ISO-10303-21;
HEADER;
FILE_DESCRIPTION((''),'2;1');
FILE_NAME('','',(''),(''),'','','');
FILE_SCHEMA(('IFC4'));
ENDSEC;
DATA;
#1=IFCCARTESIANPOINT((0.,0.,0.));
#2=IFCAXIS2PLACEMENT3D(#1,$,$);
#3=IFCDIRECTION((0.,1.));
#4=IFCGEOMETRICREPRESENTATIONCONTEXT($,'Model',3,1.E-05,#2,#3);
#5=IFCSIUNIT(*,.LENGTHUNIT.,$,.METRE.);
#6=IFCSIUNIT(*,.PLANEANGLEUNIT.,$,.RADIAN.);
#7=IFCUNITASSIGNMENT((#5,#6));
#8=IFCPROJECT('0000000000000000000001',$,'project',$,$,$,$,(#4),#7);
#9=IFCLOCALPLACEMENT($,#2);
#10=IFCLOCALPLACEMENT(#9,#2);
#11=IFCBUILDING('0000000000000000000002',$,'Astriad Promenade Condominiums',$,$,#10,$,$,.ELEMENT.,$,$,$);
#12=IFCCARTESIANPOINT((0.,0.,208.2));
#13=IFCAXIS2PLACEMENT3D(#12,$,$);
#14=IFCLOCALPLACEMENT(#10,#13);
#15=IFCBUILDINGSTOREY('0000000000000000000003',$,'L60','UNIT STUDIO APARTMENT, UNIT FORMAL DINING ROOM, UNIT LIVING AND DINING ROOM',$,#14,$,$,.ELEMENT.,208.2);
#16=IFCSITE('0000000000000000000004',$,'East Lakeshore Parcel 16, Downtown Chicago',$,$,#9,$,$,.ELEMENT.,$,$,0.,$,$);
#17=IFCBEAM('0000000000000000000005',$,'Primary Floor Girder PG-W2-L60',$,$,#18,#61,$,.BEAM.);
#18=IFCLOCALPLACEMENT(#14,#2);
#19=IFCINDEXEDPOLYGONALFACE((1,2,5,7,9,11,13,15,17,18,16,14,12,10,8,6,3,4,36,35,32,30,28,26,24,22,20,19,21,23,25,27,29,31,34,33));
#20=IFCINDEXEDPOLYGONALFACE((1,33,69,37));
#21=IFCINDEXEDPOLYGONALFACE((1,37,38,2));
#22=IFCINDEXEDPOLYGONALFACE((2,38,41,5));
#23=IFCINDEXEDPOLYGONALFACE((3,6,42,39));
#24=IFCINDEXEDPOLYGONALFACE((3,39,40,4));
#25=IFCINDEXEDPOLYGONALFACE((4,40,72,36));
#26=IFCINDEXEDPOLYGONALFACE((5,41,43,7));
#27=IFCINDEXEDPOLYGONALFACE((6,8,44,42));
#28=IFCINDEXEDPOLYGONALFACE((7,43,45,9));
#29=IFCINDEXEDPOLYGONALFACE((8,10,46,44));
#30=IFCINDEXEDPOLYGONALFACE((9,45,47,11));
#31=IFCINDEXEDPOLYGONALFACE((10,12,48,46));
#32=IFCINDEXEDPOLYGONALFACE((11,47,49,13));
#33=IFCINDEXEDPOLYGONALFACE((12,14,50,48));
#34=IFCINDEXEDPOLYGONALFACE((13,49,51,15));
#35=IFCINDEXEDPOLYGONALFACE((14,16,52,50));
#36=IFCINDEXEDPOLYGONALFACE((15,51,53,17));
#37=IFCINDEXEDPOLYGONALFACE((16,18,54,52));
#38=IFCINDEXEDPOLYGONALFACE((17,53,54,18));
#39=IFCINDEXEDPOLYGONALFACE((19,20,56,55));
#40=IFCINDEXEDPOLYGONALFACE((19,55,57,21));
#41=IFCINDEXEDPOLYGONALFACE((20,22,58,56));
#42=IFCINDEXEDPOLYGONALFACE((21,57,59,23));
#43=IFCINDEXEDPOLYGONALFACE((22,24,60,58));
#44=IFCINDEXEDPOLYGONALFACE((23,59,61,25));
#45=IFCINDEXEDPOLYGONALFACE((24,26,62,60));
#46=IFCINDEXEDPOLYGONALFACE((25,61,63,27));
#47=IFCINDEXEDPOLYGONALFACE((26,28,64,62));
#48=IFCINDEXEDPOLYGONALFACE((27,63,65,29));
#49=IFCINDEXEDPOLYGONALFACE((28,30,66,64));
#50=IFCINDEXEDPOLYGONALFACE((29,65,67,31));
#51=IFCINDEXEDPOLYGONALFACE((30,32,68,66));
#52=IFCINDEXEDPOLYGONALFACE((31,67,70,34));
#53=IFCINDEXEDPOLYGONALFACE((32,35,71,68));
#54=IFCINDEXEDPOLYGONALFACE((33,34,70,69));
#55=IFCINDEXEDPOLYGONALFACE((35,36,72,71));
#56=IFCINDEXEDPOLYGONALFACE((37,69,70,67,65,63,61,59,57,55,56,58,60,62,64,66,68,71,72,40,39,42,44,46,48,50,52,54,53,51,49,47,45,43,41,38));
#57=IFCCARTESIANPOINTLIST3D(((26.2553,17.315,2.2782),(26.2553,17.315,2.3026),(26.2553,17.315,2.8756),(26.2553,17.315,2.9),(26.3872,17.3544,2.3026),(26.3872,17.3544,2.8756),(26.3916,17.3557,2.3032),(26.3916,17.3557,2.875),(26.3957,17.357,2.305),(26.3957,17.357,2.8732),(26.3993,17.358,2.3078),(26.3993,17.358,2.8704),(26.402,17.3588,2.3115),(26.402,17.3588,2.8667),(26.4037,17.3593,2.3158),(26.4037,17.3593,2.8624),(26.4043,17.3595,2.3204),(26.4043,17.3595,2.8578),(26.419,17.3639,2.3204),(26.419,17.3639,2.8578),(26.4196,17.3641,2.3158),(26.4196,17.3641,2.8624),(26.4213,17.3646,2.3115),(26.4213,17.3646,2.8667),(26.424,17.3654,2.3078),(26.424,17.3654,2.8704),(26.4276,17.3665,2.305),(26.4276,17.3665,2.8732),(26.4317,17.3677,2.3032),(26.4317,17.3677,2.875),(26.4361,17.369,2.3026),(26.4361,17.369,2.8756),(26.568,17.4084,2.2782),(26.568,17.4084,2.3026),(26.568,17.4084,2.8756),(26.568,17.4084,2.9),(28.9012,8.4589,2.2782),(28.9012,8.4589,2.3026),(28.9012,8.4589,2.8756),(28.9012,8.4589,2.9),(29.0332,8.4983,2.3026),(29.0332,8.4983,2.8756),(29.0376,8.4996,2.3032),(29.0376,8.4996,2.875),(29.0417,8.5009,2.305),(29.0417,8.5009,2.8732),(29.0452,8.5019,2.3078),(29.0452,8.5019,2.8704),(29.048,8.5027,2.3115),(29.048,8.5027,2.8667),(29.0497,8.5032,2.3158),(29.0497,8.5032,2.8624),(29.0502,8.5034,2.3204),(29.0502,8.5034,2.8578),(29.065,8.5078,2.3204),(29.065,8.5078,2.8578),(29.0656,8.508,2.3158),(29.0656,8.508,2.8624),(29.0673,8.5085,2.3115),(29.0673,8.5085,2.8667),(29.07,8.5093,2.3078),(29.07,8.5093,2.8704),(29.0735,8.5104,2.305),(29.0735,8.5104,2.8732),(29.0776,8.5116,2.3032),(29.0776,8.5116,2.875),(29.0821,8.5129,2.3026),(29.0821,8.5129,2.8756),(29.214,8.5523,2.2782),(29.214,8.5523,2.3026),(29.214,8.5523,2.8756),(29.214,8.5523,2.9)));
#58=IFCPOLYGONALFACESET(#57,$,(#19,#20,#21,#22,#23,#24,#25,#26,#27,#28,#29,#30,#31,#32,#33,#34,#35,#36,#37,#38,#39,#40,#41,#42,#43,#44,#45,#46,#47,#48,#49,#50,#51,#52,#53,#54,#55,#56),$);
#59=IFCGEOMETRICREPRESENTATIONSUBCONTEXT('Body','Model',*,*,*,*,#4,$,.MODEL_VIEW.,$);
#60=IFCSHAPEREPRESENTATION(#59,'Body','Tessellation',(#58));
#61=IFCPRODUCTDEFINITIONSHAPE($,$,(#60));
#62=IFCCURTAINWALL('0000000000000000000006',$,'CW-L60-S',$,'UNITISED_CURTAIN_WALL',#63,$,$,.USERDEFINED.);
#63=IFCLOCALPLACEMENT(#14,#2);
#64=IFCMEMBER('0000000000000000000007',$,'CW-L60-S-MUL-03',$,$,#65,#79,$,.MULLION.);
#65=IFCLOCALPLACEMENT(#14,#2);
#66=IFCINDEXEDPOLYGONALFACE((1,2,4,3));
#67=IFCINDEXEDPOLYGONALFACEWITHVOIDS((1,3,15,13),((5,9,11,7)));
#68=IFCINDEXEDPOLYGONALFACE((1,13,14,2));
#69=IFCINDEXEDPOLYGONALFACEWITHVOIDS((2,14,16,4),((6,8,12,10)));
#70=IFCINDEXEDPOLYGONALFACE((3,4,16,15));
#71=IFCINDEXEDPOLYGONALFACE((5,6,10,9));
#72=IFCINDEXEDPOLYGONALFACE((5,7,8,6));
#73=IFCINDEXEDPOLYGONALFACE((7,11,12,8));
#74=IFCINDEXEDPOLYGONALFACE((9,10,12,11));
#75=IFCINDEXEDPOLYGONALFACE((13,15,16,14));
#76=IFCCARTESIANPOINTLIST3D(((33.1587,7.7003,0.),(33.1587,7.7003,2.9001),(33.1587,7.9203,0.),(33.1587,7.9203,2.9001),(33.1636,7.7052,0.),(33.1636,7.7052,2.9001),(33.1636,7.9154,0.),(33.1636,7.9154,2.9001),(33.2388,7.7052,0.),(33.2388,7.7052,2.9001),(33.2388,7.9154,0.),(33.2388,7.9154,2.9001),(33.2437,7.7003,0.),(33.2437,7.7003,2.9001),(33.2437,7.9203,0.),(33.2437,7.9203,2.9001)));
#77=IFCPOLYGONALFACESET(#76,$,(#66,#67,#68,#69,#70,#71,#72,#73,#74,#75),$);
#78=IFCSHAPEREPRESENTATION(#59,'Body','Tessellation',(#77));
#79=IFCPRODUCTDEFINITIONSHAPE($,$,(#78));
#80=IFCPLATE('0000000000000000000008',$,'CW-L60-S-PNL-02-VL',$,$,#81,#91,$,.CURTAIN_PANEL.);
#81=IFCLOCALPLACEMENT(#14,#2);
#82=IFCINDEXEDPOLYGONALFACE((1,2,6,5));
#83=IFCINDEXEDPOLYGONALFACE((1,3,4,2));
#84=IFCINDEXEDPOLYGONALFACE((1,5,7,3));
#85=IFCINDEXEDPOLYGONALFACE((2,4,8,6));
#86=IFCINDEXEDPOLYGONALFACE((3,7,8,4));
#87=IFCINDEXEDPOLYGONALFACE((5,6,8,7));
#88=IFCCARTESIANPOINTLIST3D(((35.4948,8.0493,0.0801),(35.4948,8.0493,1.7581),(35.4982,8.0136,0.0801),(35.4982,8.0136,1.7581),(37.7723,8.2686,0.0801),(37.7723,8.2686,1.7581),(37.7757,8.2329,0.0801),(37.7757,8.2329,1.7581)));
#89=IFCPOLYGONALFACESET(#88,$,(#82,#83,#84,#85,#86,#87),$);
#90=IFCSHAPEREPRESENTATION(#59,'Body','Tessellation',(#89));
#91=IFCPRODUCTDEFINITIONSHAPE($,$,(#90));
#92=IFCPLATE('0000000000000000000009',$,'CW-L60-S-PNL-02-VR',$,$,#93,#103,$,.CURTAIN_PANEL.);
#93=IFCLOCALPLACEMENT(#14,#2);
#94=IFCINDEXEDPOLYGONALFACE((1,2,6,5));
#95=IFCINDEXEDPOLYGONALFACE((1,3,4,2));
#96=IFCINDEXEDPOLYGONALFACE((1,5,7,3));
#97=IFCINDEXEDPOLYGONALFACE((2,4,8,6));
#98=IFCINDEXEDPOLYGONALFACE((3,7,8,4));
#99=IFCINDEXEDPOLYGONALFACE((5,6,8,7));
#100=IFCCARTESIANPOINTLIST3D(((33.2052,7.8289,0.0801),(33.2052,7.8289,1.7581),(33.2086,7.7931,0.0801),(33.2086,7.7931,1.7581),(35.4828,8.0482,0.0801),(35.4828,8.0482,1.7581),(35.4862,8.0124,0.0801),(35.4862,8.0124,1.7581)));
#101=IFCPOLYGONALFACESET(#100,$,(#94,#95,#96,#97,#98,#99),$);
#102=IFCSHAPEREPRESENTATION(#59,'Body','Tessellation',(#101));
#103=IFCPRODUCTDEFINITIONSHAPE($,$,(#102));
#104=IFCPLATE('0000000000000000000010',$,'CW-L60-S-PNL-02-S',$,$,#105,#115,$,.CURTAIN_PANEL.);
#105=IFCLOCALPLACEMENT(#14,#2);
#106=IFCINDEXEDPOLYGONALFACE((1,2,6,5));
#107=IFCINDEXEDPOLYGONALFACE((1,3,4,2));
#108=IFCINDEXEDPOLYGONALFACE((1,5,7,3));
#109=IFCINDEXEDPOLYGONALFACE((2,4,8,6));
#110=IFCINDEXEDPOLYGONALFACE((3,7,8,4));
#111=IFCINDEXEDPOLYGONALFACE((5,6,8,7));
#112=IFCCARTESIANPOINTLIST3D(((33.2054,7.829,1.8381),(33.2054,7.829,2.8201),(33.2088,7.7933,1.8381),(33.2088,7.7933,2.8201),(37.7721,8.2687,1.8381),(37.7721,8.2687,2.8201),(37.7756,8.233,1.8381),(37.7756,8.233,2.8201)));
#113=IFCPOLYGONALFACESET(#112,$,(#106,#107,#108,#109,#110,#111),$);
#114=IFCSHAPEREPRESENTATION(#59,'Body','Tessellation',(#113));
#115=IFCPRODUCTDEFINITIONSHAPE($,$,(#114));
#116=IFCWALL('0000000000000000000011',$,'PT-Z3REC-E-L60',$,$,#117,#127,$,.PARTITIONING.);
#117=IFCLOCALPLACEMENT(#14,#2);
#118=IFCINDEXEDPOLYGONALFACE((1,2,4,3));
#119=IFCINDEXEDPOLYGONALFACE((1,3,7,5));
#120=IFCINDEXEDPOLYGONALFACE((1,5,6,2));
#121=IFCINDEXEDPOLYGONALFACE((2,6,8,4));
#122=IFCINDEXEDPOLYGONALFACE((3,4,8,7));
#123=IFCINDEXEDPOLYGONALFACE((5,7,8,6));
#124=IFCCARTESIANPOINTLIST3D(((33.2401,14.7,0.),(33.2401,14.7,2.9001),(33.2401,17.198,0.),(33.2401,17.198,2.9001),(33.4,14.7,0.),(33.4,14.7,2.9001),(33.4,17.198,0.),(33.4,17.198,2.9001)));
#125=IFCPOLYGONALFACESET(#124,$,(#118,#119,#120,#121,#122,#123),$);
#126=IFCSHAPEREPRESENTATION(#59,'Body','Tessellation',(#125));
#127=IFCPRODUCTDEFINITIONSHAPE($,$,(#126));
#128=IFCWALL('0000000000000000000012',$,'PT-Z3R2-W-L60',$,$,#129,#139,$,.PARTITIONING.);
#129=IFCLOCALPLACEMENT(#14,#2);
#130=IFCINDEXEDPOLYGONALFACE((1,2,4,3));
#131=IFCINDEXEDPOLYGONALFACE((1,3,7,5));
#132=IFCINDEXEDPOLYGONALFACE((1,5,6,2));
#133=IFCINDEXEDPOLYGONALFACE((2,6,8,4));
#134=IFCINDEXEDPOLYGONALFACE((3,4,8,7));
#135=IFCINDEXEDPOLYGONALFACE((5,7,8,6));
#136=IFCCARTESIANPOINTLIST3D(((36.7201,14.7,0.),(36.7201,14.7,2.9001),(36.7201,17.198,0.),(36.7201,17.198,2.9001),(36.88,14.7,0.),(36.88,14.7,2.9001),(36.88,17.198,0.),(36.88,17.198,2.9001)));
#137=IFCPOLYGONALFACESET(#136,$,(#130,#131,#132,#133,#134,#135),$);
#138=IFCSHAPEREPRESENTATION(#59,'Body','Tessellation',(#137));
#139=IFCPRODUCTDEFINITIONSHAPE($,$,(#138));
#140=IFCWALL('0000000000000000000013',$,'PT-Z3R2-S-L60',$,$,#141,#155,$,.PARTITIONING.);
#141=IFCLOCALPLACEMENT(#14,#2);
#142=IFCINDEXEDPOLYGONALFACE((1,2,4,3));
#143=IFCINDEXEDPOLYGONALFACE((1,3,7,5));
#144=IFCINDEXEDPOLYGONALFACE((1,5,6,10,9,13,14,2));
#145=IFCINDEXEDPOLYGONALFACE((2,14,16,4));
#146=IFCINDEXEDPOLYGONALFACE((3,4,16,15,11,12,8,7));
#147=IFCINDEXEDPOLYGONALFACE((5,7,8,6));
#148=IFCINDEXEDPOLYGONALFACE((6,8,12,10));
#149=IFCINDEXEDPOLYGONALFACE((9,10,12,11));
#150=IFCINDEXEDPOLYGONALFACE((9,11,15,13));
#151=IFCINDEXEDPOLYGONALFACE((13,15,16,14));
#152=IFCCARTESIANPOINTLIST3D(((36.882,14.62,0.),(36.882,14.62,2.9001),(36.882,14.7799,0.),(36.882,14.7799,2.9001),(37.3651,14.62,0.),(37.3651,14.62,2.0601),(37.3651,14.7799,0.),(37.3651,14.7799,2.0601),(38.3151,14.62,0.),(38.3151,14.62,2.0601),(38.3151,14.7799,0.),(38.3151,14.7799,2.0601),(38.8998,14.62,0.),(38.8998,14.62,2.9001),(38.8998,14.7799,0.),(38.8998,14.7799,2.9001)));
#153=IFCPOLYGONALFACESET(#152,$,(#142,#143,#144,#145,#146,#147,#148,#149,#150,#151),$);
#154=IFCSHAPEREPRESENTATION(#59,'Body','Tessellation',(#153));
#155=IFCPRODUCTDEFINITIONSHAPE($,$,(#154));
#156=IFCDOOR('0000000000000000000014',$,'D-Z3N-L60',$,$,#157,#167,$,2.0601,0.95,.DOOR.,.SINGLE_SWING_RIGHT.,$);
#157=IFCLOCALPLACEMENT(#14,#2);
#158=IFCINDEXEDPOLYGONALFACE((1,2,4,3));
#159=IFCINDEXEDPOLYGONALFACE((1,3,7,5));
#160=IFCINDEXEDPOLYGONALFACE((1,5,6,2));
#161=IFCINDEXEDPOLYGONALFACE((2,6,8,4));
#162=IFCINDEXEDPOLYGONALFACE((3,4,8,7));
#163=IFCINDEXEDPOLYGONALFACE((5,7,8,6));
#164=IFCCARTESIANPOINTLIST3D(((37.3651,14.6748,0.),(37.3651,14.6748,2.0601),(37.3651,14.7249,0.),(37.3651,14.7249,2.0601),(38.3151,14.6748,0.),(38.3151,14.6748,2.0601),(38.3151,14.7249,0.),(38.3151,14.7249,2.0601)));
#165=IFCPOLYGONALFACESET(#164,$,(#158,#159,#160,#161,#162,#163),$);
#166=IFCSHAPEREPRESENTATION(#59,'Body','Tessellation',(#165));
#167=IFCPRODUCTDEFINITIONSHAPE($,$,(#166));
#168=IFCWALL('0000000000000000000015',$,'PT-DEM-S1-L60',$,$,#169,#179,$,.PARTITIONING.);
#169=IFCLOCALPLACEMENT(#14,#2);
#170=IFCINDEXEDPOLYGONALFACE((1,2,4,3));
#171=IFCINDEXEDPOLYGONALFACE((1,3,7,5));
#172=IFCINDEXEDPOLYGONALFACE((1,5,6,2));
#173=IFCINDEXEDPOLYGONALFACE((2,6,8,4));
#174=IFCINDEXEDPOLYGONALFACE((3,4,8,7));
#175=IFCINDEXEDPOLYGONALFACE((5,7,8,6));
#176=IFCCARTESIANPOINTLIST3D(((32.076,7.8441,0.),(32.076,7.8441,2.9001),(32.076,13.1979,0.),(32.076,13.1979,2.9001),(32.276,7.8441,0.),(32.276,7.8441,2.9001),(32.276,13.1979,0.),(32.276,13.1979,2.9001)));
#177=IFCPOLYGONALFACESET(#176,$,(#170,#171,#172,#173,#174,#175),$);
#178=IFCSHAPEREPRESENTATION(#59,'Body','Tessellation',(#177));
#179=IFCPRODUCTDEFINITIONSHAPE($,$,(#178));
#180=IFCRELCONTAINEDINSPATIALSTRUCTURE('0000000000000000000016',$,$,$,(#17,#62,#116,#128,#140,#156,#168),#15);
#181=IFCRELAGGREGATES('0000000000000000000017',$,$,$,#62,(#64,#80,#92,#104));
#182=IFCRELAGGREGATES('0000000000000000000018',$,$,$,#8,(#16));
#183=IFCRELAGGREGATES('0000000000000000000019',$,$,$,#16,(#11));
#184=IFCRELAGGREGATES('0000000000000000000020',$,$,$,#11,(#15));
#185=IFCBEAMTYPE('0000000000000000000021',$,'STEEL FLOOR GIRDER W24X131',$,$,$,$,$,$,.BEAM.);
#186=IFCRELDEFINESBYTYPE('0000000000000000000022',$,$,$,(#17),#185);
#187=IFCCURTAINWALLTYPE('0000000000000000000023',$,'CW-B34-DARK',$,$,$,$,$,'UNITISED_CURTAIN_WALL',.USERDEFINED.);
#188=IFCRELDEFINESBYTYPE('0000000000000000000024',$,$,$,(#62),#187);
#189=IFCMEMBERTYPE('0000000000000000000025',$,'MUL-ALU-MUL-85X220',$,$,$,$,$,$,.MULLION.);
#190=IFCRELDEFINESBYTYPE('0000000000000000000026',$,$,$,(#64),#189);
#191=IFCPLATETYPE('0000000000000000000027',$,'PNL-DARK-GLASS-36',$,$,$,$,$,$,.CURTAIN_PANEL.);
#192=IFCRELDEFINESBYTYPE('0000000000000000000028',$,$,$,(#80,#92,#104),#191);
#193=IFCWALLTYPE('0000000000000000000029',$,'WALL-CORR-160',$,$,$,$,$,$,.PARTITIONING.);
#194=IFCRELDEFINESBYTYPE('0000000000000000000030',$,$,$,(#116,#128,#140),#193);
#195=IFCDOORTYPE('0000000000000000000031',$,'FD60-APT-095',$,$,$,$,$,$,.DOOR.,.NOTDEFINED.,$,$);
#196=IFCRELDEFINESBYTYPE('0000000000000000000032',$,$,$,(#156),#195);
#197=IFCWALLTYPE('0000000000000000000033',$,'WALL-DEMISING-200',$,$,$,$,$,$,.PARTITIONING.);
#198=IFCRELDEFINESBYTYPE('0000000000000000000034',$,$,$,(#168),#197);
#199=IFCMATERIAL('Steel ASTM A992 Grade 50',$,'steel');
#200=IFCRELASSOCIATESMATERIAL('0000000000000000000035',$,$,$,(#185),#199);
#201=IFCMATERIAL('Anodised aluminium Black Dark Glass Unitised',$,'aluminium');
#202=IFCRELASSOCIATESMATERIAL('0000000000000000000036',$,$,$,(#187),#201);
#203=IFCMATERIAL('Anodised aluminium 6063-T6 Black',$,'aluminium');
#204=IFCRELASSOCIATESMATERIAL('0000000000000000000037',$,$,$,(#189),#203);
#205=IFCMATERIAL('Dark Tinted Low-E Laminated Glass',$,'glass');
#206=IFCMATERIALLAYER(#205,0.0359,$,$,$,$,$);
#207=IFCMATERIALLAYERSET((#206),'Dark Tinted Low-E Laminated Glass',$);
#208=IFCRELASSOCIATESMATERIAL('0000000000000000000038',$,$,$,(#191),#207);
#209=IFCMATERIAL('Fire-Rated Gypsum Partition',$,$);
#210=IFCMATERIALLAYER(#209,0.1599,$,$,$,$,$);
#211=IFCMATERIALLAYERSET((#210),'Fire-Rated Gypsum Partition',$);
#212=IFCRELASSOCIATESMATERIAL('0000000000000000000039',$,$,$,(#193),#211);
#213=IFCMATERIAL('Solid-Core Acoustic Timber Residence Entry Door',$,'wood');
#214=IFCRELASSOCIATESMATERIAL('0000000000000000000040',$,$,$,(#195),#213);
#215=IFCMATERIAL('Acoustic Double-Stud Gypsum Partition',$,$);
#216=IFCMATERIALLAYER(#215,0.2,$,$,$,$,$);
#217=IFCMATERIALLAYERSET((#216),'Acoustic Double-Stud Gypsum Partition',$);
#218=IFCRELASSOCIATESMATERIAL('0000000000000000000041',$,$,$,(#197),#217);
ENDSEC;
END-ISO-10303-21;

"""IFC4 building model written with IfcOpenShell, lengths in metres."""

from ifc_helpers import new_model, si_unit, direction, frame, frame_2d, origin, origin_2d, place, context, subcontext, project, spatial, rectangle, hollow_rectangle, i_section, extrude, source, transform, mapped, material, layer, layer_set, material_profile, profile_set, type_object, type_shapes, element, fill, aggregate, save


model = new_model("IFC4")

# Units and contexts
model_context = context("Model", 3, precision=1e-05, world=origin(), true_north=direction((0.0, 1.0)))
body_context = subcontext(model_context, "Body", "Model", "MODEL_VIEW")
ifc_project = project(units=[si_unit("LENGTHUNIT", "METRE"), si_unit("PLANEANGLEUNIT", "RADIAN")], contexts=[model_context])

# Site, building, storey
site_placement = place(None, origin())
site = spatial("IfcSite", under=ifc_project, at=site_placement, Name="East Lakeshore Parcel 16, Downtown Chicago", CompositionType="ELEMENT", RefElevation=0.0)
building_placement = place(site_placement, origin())
building = spatial("IfcBuilding", under=site, at=building_placement, Name="Astriad Promenade Condominiums", CompositionType="ELEMENT")
storey_placement = place(building_placement, frame((0.0, 0.0, 208.2)))
storey = spatial("IfcBuildingStorey", under=building, at=storey_placement, Name="L60", Description="UNIT STUDIO APARTMENT, UNIT FORMAL DINING ROOM, UNIT LIVING AND DINING ROOM", CompositionType="ELEMENT", Elevation=208.2)

# Shared definitions
ifc_material_1 = material(Name="Steel ASTM A992 Grade 50", Category="steel")

# Beam
ifc_material_profile_1 = material_profile(ifc_material_1, i_section(OverallWidth=0.3264, OverallDepth=0.6218, WebThickness=0.0154, FlangeThickness=0.0244, FilletRadius=0.0178, at=origin_2d()), Name="W24X131")
ifc_profile_set_1 = profile_set([ifc_material_profile_1], Name="Steel ASTM A992 Grade 50")
beam_type_1 = type_object("IfcBeamType", Name="STEEL FLOOR GIRDER W24X131", PredefinedType="BEAM", material=ifc_profile_set_1)
shared_shape_1 = source(origin(), body_context, "Body", "SweptSolid", [
    extrude(i_section(OverallWidth=0.3264, OverallDepth=0.6218, WebThickness=0.0154, FlangeThickness=0.0244, FilletRadius=0.0178, at=origin_2d()), origin(), (0.0, 0.0, 1.0), 9.2429),
])
type_shapes(beam_type_1, [shared_shape_1])
beam_1_placement = place(storey_placement, frame((29.0576, 8.5056, 2.5891), z_axis=(-0.286269, 0.958149, 0.0), x_axis=(-0.958149, -0.286269, 0.0)))
element("IfcBeam", 1, at=beam_1_placement, inside=storey, type_object=beam_type_1, Name="Primary Floor Girder PG-W2-L60", PredefinedType="BEAM", context=body_context, shape_type="MappedRepresentation", body=[
    mapped(shared_shape_1, transform((0.0, 0.0, 0.0), scale=1.0)),
])

# Curtain wall, member, plates
ifc_material_2 = material(Name="Anodised aluminium Black Dark Glass Unitised", Category="aluminium")
curtain_wall_type = type_object("IfcCurtainWallType", Name="CW-B34-DARK", ElementType="UNITISED_CURTAIN_WALL", PredefinedType="USERDEFINED", material=ifc_material_2)
curtain_wall_placement = place(storey_placement, origin())
curtain_wall = element("IfcCurtainWall", 2, at=curtain_wall_placement, inside=storey, type_object=curtain_wall_type, Name="CW-L60-S", ObjectType="UNITISED_CURTAIN_WALL", PredefinedType="USERDEFINED")
ifc_material_3 = material(Name="Anodised aluminium 6063-T6 Black", Category="aluminium")
ifc_material_profile_2 = material_profile(ifc_material_3, hollow_rectangle(XDim=0.085, YDim=0.22, WallThickness=0.0049, at=origin_2d()), Name="ALU-MUL-85X220")
ifc_profile_set_2 = profile_set([ifc_material_profile_2], Name="Anodised aluminium 6063-T6 Black")
member_type = type_object("IfcMemberType", Name="MUL-ALU-MUL-85X220", PredefinedType="MULLION", material=ifc_profile_set_2)
shared_shape_2 = source(origin(), body_context, "Body", "SweptSolid", [
    extrude(hollow_rectangle(XDim=0.085, YDim=0.22, WallThickness=0.0049, at=origin_2d()), origin(), (0.0, 0.0, 1.0), 2.9001),
])
type_shapes(member_type, [shared_shape_2])
member_placement = place(storey_placement, frame((33.2012, 7.8103, 0.0), z_axis=(0.0, 0.0, 1.0), x_axis=(1.0, 0.0, 0.0)))
member = element("IfcMember", 3, at=member_placement, type_object=member_type, Name="CW-L60-S-MUL-03", PredefinedType="MULLION", context=body_context, shape_type="MappedRepresentation", body=[
    mapped(shared_shape_2, transform((0.0, 0.0, 0.0), scale=1.0)),
])
ifc_material_4 = material(Name="Dark Tinted Low-E Laminated Glass", Category="glass")
ifc_layer_1 = layer(ifc_material_4, 0.0359)
ifc_layer_set_1 = layer_set([ifc_layer_1], Name="Dark Tinted Low-E Laminated Glass")
plate_type = type_object("IfcPlateType", Name="PNL-DARK-GLASS-36", PredefinedType="CURTAIN_PANEL", material=ifc_layer_set_1)
shared_shape_3 = source(origin(), body_context, "Body", "SweptSolid", [
    extrude(rectangle(XDim=2.2881, YDim=0.0359, at=origin_2d()), origin(), (0.0, 0.0, 1.0), 1.678),
])
plate_1_placement = place(storey_placement, frame((36.6353, 8.1411, 0.0801), z_axis=(0.0, 0.0, 1.0), x_axis=(-0.995396, -0.095846, 0.0)))
plate_1 = element("IfcPlate", 4, at=plate_1_placement, type_object=plate_type, Name="CW-L60-S-PNL-02-VL", PredefinedType="CURTAIN_PANEL", context=body_context, shape_type="MappedRepresentation", body=[
    mapped(shared_shape_3, transform((0.0, 0.0, 0.0), scale=1.0)),
])
plate_2_placement = place(storey_placement, frame((34.3457, 7.9207, 0.0801), z_axis=(0.0, 0.0, 1.0), x_axis=(-0.995396, -0.095846, 0.0)))
plate_2 = element("IfcPlate", 5, at=plate_2_placement, type_object=plate_type, Name="CW-L60-S-PNL-02-VR", PredefinedType="CURTAIN_PANEL", context=body_context, shape_type="MappedRepresentation", body=[
    mapped(shared_shape_3, transform((0.0, 0.0, 0.0), scale=1.0)),
])
shared_shape_4 = source(origin(), body_context, "Body", "SweptSolid", [
    extrude(rectangle(XDim=4.5879, YDim=0.0359, at=origin_2d()), origin(), (0.0, 0.0, 1.0), 0.9819),
])
type_shapes(plate_type, [shared_shape_3, shared_shape_4])
plate_3_placement = place(storey_placement, frame((35.4905, 8.031, 1.8381), z_axis=(0.0, 0.0, 1.0), x_axis=(-0.995396, -0.095846, 0.0)))
plate_3 = element("IfcPlate", 6, at=plate_3_placement, type_object=plate_type, Name="CW-L60-S-PNL-02-S", PredefinedType="CURTAIN_PANEL", context=body_context, shape_type="MappedRepresentation", body=[
    mapped(shared_shape_4, transform((0.0, 0.0, 0.0), scale=1.0)),
])
aggregate(curtain_wall, [member, plate_1, plate_2, plate_3])

# Walls
ifc_material_5 = material(Name="Fire-Rated Gypsum Partition")
ifc_layer_2 = layer(ifc_material_5, 0.1599)
ifc_layer_set_2 = layer_set([ifc_layer_2], Name="Fire-Rated Gypsum Partition")
wall_type_1 = type_object("IfcWallType", Name="WALL-CORR-160", PredefinedType="PARTITIONING", material=ifc_layer_set_2)
for number, where, z_axis, x_axis, name in (
    (7, (33.3201, 14.7, 0.0), (0.0, 0.0, 1.0), (0.0, 1.0, 0.0), "PT-Z3REC-E-L60"),
    (8, (36.8, 14.7, 0.0), (0.0, 0.0, 1.0), (0.0, 1.0, 0.0), "PT-Z3R2-W-L60"),
):
    element("IfcWall", number, at=place(storey_placement, frame(where, z_axis=z_axis, x_axis=x_axis)), inside=storey, type_object=wall_type_1, Name=name, PredefinedType="PARTITIONING", context=body_context, shape_type="SweptSolid", body=[
        extrude(rectangle(XDim=2.498, YDim=0.1599, at=frame_2d((1.249, 0.0))), origin(), (0.0, 0.0, 1.0), 2.9001),
    ])

# Wall, opening, door
wall_1_placement = place(storey_placement, frame((36.8821, 14.7, 0.0), z_axis=(0.0, 0.0, 1.0), x_axis=(1.0, 0.0, 0.0)))
wall_1 = element("IfcWall", 9, at=wall_1_placement, inside=storey, type_object=wall_type_1, Name="PT-Z3R2-S-L60", PredefinedType="PARTITIONING", context=body_context, shape_type="SweptSolid", body=[
    extrude(rectangle(XDim=2.0178, YDim=0.1599, at=frame_2d((1.0088, 0.0))), origin(), (0.0, 0.0, 1.0), 2.9001),
])
opening_1_placement = place(wall_1_placement, frame((0.4829, 0.0, 0.0)))
opening_1 = element("IfcOpeningElement", 10, at=opening_1_placement, cuts=wall_1, PredefinedType="OPENING", context=body_context, shape_type="SweptSolid", body=[
    extrude(rectangle(XDim=0.95, YDim=2.0601, at=frame_2d((0.4751, 1.03))), frame((0.0, 0.0898, 0.0), z_axis=(0.0, -1.0, 0.0), x_axis=(1.0, 0.0, 0.0)), (0.0, 0.0, 1.0), 0.1799),
])
ifc_material_6 = material(Name="Solid-Core Acoustic Timber Residence Entry Door", Category="wood")
door_type_1 = type_object("IfcDoorType", Name="FD60-APT-095", OperationType="NOTDEFINED", PredefinedType="DOOR", material=ifc_material_6)
shared_shape_5 = source(origin(), body_context, "Body", "SweptSolid", [
    extrude(rectangle(XDim=0.95, YDim=2.0601, at=frame_2d((0.4751, 1.03))), frame((0.0, 0.0249, 0.0), z_axis=(0.0, -1.0, 0.0), x_axis=(1.0, 0.0, 0.0)), (0.0, 0.0, 1.0), 0.05),
])
type_shapes(door_type_1, [shared_shape_5])
door_1_placement = place(opening_1_placement, origin())
door_1 = element("IfcDoor", 11, at=door_1_placement, inside=storey, type_object=door_type_1, Name="D-Z3N-L60", OperationType="SINGLE_SWING_RIGHT", OverallHeight=2.0601, OverallWidth=0.95, PredefinedType="DOOR", context=body_context, shape_type="MappedRepresentation", body=[
    mapped(shared_shape_5, transform((0.0, 0.0, 0.0), scale=1.0)),
])
fill(opening_1, door_1)

# Wall
ifc_material_7 = material(Name="Acoustic Double-Stud Gypsum Partition")
ifc_layer_3 = layer(ifc_material_7, 0.2)
ifc_layer_set_3 = layer_set([ifc_layer_3], Name="Acoustic Double-Stud Gypsum Partition")
wall_type_2 = type_object("IfcWallType", Name="WALL-DEMISING-200", PredefinedType="PARTITIONING", material=ifc_layer_set_3)
wall_2_placement = place(storey_placement, frame((32.176, 7.8442, 0.0), z_axis=(0.0, 0.0, 1.0), x_axis=(0.0, 1.0, 0.0)))
element("IfcWall", 12, at=wall_2_placement, inside=storey, type_object=wall_type_2, Name="PT-DEM-S1-L60", PredefinedType="PARTITIONING", context=body_context, shape_type="SweptSolid", body=[
    extrude(rectangle(XDim=5.3538, YDim=0.2, at=frame_2d((2.6768, 0.0))), origin(), (0.0, 0.0, 1.0), 2.9001),
])

save(model, "model.ifc")
